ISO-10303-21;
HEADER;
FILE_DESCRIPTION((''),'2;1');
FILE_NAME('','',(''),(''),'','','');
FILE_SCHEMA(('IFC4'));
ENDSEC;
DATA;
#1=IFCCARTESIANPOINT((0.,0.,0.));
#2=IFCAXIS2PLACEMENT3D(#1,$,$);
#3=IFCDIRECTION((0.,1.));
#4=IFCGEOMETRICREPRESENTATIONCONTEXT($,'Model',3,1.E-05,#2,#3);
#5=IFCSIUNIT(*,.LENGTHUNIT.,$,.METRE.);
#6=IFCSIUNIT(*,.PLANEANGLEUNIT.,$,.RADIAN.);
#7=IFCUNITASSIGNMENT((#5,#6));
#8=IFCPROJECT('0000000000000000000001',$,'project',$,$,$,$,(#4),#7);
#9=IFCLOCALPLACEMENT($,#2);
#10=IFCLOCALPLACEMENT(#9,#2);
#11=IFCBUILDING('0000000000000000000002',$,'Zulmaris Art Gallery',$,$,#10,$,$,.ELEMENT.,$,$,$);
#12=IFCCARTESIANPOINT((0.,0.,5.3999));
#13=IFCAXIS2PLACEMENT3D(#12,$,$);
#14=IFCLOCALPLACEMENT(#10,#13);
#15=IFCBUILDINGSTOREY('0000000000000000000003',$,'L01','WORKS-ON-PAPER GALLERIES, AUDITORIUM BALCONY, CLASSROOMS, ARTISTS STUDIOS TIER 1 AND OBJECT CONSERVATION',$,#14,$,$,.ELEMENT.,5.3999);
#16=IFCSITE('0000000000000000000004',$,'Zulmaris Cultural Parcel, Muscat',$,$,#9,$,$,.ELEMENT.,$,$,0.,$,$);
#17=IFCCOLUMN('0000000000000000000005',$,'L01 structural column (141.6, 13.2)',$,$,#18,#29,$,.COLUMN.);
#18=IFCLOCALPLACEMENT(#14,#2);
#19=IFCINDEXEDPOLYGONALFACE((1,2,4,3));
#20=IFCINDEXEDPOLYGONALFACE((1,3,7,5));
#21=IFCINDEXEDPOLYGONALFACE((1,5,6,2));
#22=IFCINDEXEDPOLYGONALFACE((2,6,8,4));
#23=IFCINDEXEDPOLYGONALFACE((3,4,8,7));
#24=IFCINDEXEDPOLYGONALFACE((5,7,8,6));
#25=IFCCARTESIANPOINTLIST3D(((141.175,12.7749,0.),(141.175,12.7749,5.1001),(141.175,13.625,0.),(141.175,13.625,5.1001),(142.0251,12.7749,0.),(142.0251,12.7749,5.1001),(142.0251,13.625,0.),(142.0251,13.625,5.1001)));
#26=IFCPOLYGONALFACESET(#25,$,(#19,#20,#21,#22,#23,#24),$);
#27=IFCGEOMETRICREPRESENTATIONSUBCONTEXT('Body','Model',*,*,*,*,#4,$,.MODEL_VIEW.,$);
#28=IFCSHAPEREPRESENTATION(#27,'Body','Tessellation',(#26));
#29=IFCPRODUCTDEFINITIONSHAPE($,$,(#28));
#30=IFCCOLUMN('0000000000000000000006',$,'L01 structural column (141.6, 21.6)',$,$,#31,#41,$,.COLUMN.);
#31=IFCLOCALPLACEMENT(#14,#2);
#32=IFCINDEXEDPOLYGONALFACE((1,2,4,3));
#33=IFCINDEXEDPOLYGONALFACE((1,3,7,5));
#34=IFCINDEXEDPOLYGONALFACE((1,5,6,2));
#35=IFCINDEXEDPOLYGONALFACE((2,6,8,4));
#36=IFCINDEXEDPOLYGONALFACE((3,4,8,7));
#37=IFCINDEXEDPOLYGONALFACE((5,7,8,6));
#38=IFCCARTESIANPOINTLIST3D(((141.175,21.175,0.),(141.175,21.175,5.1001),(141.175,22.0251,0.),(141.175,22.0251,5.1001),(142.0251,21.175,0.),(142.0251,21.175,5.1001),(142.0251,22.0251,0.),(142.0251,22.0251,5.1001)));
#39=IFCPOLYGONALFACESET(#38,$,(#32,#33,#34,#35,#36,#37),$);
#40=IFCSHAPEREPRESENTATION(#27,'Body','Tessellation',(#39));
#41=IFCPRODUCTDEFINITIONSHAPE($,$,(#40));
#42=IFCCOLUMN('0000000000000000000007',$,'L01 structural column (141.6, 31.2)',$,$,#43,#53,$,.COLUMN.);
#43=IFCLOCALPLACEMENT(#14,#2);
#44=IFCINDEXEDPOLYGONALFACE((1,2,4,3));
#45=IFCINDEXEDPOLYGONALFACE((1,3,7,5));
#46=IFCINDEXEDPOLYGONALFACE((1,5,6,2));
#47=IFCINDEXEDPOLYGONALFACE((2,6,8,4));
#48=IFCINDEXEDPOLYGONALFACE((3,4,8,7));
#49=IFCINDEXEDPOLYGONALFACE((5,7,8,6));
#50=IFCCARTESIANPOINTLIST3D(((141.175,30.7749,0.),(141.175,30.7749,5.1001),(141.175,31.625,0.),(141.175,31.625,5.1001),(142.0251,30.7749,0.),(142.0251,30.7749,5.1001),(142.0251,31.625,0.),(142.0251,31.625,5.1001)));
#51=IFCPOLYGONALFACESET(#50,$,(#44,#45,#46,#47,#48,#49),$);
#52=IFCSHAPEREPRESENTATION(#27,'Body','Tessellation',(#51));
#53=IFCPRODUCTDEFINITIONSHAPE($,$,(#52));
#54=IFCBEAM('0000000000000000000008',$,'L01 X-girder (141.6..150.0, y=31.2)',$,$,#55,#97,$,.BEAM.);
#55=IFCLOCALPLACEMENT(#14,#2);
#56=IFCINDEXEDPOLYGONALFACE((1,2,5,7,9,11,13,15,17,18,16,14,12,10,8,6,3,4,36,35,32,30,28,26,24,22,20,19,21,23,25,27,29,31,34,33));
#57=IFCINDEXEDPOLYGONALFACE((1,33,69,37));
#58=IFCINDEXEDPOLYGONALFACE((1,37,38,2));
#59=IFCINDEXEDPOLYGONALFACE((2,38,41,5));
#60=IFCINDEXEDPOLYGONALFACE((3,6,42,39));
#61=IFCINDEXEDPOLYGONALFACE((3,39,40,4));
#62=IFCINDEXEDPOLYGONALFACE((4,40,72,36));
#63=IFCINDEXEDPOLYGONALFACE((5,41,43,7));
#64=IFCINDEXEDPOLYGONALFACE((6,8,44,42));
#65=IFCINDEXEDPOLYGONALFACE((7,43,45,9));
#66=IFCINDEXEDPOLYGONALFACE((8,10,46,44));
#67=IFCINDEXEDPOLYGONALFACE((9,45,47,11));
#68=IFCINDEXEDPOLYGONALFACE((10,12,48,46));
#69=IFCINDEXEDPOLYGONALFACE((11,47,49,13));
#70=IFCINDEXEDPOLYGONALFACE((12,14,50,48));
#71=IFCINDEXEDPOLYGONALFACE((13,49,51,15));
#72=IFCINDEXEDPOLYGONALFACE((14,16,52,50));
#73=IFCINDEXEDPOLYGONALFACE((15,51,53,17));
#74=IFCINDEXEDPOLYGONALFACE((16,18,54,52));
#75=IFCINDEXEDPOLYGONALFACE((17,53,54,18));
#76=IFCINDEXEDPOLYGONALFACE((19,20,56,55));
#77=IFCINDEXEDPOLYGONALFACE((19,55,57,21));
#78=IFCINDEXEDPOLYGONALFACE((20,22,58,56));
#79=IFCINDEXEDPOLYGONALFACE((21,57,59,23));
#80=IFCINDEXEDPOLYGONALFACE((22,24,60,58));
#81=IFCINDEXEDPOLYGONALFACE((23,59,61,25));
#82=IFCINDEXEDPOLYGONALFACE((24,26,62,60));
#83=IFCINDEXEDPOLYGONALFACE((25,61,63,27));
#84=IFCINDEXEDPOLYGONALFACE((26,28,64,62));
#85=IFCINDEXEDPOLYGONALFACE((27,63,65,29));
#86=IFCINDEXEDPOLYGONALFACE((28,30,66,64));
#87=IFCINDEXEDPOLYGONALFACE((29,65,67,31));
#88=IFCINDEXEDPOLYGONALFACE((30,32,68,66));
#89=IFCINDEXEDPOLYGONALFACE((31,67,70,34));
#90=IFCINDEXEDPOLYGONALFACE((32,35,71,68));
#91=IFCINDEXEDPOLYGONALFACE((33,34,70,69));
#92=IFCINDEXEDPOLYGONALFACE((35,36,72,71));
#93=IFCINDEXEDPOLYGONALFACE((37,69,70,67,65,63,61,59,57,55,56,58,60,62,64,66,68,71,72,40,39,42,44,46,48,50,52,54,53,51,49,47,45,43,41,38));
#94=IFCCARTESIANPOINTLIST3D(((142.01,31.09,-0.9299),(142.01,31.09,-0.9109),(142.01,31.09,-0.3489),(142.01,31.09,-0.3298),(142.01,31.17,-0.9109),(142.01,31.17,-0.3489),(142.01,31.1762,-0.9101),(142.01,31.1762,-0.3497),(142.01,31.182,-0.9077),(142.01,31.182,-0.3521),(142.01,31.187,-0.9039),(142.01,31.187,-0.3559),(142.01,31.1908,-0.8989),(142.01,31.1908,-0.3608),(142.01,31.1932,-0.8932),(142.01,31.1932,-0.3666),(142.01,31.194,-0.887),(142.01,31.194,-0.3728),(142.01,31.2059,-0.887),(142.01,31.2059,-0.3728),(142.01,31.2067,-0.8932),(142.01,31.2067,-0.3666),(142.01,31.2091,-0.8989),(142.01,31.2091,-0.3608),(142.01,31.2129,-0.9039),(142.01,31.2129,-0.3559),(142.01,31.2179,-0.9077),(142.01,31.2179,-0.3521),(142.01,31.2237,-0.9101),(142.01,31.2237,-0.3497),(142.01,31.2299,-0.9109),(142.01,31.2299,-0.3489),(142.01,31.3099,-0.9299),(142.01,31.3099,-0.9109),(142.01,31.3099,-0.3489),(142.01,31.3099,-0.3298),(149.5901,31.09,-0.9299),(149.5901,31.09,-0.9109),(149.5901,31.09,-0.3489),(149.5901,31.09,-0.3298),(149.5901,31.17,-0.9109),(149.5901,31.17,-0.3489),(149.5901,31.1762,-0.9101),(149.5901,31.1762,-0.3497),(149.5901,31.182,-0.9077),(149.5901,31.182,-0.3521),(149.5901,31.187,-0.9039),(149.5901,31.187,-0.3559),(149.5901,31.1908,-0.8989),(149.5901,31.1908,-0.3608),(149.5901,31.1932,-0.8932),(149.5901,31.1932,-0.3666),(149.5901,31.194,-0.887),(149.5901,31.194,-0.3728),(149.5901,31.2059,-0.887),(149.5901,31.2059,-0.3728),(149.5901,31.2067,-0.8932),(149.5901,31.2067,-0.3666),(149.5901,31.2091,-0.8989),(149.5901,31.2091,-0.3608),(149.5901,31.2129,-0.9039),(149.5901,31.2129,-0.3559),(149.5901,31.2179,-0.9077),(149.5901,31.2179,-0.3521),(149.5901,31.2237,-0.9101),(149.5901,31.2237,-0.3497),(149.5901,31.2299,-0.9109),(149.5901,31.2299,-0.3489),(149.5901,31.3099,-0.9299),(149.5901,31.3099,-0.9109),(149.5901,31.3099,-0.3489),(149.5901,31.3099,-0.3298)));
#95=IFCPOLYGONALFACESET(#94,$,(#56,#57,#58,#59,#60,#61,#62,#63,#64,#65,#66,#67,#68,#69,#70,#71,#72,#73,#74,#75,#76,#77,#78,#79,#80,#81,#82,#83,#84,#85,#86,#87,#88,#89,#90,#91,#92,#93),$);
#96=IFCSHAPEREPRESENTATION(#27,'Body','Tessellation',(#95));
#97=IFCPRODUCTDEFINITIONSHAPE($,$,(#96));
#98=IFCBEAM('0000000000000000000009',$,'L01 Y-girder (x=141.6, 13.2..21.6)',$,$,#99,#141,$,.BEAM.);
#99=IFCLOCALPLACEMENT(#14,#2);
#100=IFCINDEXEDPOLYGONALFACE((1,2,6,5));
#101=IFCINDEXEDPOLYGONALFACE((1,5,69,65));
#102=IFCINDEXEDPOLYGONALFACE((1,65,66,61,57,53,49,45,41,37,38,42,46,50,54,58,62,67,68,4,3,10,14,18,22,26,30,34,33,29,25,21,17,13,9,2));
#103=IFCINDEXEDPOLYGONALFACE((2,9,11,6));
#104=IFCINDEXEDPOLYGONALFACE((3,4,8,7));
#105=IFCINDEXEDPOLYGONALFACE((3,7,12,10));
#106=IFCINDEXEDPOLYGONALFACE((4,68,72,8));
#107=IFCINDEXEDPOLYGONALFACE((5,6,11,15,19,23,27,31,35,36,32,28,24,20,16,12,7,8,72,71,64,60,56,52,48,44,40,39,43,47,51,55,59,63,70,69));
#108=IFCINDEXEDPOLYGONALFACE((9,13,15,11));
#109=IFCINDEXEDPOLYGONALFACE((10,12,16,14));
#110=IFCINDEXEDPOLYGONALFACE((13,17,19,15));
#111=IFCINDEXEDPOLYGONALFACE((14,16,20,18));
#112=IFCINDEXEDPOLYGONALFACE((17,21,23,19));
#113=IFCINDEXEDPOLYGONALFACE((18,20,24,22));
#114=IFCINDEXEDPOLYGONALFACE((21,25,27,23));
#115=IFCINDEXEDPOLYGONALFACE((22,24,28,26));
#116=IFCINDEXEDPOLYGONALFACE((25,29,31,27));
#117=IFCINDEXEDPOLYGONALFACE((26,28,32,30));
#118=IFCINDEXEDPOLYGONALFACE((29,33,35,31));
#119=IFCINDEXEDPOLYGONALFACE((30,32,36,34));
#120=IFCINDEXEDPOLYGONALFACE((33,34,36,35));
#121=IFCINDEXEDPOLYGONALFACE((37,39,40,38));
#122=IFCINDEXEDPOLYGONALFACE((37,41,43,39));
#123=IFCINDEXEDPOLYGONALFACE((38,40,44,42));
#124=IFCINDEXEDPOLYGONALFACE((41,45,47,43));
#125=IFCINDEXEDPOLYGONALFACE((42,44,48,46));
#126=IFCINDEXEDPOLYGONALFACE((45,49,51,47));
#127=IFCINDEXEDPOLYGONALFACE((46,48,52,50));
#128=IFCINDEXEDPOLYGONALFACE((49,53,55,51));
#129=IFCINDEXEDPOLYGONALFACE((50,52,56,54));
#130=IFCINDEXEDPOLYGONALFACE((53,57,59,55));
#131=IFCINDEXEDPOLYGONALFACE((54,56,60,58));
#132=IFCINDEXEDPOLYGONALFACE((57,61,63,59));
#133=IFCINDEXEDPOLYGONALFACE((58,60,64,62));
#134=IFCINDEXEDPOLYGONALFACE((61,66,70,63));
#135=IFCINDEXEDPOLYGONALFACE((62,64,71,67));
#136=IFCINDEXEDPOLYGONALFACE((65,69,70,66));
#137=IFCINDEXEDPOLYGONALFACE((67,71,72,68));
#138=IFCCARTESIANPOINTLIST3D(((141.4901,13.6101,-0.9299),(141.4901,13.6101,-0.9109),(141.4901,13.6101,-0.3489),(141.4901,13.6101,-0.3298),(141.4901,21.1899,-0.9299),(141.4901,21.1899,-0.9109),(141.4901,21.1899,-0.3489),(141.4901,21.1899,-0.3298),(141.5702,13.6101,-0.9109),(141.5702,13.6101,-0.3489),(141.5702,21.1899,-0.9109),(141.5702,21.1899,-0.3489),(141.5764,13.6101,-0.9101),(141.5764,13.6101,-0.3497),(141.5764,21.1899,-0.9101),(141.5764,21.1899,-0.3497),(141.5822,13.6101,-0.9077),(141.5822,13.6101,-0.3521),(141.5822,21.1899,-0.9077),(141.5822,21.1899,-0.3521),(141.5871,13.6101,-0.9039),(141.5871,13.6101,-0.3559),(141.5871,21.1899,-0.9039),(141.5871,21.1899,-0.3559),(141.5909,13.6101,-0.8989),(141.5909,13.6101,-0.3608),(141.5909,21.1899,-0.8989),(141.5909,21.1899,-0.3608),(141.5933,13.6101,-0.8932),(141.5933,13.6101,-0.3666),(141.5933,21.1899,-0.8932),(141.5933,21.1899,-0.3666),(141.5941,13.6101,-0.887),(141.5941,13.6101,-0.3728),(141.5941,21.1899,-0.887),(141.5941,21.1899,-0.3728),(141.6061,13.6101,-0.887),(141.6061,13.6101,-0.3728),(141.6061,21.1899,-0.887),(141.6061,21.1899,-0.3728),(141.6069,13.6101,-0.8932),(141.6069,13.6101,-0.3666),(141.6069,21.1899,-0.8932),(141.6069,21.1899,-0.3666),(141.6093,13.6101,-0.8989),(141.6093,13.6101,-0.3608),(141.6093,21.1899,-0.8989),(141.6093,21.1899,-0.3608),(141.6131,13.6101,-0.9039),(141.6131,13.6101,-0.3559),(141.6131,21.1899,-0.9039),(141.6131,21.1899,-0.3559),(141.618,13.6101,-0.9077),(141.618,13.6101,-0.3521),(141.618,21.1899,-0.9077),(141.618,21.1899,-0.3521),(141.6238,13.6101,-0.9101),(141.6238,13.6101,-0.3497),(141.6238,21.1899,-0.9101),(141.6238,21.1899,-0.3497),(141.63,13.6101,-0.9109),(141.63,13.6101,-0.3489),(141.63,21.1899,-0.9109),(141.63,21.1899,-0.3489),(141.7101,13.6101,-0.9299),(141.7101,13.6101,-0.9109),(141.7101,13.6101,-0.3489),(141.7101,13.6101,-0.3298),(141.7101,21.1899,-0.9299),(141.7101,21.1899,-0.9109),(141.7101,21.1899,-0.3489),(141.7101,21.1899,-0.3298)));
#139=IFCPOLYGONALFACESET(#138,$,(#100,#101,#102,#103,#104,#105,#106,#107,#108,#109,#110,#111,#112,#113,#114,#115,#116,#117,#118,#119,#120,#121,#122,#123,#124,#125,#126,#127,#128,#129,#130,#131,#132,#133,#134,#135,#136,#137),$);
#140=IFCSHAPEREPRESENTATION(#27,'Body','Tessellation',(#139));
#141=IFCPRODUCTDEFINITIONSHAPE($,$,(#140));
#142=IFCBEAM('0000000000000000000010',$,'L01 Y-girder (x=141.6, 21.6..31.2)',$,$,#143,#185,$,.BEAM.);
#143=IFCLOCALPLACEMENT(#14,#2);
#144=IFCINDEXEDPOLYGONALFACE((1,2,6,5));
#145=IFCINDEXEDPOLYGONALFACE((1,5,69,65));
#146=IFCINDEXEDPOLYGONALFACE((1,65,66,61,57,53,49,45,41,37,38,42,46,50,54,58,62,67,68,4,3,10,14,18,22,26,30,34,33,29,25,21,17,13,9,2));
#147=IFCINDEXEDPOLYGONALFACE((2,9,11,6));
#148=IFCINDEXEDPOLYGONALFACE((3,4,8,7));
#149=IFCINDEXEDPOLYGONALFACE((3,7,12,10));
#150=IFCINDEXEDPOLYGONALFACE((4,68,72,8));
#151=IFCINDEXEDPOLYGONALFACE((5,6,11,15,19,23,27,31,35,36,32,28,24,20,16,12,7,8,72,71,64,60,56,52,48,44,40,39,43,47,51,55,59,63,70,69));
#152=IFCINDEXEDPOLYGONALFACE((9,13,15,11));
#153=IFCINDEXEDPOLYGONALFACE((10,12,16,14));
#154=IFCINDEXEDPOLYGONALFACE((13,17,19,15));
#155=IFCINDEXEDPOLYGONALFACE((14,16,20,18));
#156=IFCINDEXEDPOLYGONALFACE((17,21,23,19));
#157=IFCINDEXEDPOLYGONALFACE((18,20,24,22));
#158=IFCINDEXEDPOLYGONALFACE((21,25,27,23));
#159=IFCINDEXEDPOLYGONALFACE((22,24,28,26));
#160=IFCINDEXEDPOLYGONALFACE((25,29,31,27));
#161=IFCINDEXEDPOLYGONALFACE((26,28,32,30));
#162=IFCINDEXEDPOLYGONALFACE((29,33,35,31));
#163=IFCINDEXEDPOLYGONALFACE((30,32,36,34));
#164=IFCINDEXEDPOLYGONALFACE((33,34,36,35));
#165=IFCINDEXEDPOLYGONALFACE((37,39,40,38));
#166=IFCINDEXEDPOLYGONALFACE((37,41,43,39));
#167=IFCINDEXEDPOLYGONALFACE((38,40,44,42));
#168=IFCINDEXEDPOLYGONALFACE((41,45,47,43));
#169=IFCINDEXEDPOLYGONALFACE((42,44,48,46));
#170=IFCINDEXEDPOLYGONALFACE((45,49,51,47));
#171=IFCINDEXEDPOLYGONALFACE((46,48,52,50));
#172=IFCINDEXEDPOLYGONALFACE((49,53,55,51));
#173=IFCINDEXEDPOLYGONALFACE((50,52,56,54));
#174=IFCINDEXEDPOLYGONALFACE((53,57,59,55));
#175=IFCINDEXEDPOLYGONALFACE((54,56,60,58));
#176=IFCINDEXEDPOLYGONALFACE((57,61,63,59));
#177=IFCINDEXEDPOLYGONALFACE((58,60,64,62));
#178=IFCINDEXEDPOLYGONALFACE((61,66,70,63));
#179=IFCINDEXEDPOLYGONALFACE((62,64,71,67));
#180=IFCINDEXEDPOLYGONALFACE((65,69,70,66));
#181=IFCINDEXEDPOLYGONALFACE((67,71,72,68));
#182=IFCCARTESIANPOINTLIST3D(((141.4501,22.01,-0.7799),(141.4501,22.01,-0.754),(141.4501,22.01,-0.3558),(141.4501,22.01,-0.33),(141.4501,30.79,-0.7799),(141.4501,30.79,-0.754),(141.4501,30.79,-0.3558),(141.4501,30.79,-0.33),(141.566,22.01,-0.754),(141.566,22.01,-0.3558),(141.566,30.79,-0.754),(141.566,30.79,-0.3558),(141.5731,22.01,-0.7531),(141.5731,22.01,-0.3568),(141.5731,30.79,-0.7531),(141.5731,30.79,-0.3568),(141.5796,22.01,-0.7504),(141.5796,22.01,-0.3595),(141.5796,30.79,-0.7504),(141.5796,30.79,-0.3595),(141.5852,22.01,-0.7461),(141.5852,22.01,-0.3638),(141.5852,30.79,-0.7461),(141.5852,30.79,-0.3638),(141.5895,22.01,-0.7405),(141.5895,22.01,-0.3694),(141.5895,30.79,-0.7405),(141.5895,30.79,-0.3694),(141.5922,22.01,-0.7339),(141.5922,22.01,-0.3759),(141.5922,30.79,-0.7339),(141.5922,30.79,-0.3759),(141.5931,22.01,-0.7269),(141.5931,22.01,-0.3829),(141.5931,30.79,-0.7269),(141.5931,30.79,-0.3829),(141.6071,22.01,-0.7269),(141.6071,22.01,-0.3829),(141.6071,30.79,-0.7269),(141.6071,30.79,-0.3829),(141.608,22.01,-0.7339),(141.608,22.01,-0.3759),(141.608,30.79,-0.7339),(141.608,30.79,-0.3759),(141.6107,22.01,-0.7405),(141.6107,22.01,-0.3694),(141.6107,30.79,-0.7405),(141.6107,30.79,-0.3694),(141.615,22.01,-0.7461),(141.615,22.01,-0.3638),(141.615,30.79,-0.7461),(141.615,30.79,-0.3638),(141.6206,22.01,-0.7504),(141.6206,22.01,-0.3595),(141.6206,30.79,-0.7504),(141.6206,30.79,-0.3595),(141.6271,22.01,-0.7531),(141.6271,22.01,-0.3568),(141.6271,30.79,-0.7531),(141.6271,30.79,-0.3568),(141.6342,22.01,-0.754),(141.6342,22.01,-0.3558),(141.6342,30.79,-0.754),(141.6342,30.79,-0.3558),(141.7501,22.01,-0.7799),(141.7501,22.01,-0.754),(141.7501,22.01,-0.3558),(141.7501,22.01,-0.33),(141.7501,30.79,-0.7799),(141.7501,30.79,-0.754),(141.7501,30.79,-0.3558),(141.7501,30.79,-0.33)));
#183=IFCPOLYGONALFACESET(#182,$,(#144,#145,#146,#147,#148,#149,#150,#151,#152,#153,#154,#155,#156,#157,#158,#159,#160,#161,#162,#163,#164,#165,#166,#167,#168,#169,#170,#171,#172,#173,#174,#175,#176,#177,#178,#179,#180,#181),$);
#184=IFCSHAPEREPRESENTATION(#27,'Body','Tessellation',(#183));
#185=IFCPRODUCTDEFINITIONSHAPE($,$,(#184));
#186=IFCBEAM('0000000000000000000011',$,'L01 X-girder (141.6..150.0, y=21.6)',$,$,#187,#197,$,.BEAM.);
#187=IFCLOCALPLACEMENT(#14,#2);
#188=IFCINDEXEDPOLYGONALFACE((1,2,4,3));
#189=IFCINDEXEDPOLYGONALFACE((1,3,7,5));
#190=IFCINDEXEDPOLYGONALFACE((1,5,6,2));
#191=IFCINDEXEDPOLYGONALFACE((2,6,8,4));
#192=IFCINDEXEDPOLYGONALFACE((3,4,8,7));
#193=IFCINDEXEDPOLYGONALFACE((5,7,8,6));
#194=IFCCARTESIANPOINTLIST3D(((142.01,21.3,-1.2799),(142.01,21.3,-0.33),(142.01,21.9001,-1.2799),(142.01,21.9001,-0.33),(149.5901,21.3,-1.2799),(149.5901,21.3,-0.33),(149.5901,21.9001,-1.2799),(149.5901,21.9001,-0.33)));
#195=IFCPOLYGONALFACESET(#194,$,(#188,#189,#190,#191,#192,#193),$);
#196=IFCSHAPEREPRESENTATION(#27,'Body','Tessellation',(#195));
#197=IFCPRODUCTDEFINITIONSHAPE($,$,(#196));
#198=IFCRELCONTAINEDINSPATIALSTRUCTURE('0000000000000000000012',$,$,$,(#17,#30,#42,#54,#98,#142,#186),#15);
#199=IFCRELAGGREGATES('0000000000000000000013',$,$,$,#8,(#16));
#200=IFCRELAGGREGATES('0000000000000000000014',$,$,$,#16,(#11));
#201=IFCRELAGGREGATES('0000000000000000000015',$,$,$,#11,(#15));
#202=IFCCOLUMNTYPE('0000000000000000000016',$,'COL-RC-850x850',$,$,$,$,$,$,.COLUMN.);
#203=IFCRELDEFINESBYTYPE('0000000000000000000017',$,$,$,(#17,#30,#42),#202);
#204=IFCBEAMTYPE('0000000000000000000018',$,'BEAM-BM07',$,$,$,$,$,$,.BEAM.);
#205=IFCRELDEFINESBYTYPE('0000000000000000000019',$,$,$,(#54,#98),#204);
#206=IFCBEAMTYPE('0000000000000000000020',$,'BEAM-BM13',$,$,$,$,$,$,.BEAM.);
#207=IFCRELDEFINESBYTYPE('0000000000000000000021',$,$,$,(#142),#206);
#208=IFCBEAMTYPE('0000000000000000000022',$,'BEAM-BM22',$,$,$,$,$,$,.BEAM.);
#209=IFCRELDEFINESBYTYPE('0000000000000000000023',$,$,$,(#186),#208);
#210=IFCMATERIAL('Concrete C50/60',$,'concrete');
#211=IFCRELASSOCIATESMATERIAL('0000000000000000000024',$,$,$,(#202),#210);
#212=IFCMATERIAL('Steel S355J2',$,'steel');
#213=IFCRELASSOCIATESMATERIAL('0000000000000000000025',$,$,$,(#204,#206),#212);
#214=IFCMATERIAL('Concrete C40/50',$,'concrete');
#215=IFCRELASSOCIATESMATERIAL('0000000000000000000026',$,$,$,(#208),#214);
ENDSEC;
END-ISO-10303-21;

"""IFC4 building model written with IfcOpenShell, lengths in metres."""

from ifc_helpers import new_model, si_unit, direction, frame, origin, origin_2d, place, context, subcontext, project, spatial, rectangle, i_section, extrude, material, material_profile, profile_set, type_object, element, save


model = new_model("IFC4")

# Units and contexts
model_context = context("Model", 3, precision=1e-05, world=origin(), true_north=direction((0.0, 1.0)))
body_context = subcontext(model_context, "Body", "Model", "MODEL_VIEW")
ifc_project = project(units=[si_unit("LENGTHUNIT", "METRE"), si_unit("PLANEANGLEUNIT", "RADIAN")], contexts=[model_context])

# Site, building, storey
site_placement = place(None, origin())
site = spatial("IfcSite", under=ifc_project, at=site_placement, Name="Zulmaris Cultural Parcel, Muscat", CompositionType="ELEMENT", RefElevation=0.0)
building_placement = place(site_placement, origin())
building = spatial("IfcBuilding", under=site, at=building_placement, Name="Zulmaris Art Gallery", CompositionType="ELEMENT")
storey_placement = place(building_placement, frame((0.0, 0.0, 5.3999)))
storey = spatial("IfcBuildingStorey", under=building, at=storey_placement, Name="L01", Description="WORKS-ON-PAPER GALLERIES, AUDITORIUM BALCONY, CLASSROOMS, ARTISTS STUDIOS TIER 1 AND OBJECT CONSERVATION", CompositionType="ELEMENT", Elevation=5.3999)

# Columns
ifc_material_1 = material(Name="Concrete C50/60", Category="concrete")
ifc_material_profile_1 = material_profile(ifc_material_1, rectangle(XDim=0.8501, YDim=0.8501, at=origin_2d()), Name="RC 850x850")
ifc_profile_set_1 = profile_set([ifc_material_profile_1], Name="Concrete C50/60")
column_type = type_object("IfcColumnType", Name="COL-RC-850x850", PredefinedType="COLUMN", material=ifc_profile_set_1)
for number, where, z_axis, x_axis, name in (
    (1, (141.6001, 13.2, 0.0), (0.0, 0.0, 1.0), (1.0, 0.0, 0.0), "L01 structural column (141.6, 13.2)"),
    (2, (141.6001, 21.6001, 0.0), (0.0, 0.0, 1.0), (1.0, 0.0, 0.0), "L01 structural column (141.6, 21.6)"),
    (3, (141.6001, 31.2, 0.0), (0.0, 0.0, 1.0), (1.0, 0.0, 0.0), "L01 structural column (141.6, 31.2)"),
):
    element("IfcColumn", number, at=place(storey_placement, frame(where, z_axis=z_axis, x_axis=x_axis)), inside=storey, type_object=column_type, Name=name, PredefinedType="COLUMN", context=body_context, shape_type="SweptSolid", body=[
        extrude(rectangle(XDim=0.8501, YDim=0.8501, at=origin_2d()), origin(), (0.0, 0.0, 1.0), 5.1001),
    ])

# Beams
ifc_material_2 = material(Name="Steel S355J2", Category="steel")
ifc_material_profile_2 = material_profile(ifc_material_2, i_section(OverallWidth=0.22, OverallDepth=0.6001, WebThickness=0.012, FlangeThickness=0.019, FilletRadius=0.0239, at=origin_2d()), Name="IPE 600")
ifc_profile_set_2 = profile_set([ifc_material_profile_2], Name="Steel S355J2")
beam_type_1 = type_object("IfcBeamType", Name="BEAM-BM07", PredefinedType="BEAM", material=ifc_profile_set_2)
beam_1_placement = place(storey_placement, frame((142.01, 31.2, -0.6299), z_axis=(1.0, 0.0, 0.0), x_axis=(0.0, 1.0, 0.0)))
element("IfcBeam", 4, at=beam_1_placement, inside=storey, type_object=beam_type_1, Name="L01 X-girder (141.6..150.0, y=31.2)", PredefinedType="BEAM", context=body_context, shape_type="SweptSolid", body=[
    extrude(i_section(OverallWidth=0.22, OverallDepth=0.6001, WebThickness=0.012, FlangeThickness=0.019, FilletRadius=0.0239, at=origin_2d()), origin(), (0.0, 0.0, 1.0), 7.5801),
])
beam_2_placement = place(storey_placement, frame((141.6001, 13.6101, -0.6299), z_axis=(0.0, 1.0, 0.0), x_axis=(-1.0, 0.0, 0.0)))
element("IfcBeam", 5, at=beam_2_placement, inside=storey, type_object=beam_type_1, Name="L01 Y-girder (x=141.6, 13.2..21.6)", PredefinedType="BEAM", context=body_context, shape_type="SweptSolid", body=[
    extrude(i_section(OverallWidth=0.22, OverallDepth=0.6001, WebThickness=0.012, FlangeThickness=0.019, FilletRadius=0.0239, at=origin_2d()), origin(), (0.0, 0.0, 1.0), 7.5798),
])
ifc_material_profile_3 = material_profile(ifc_material_2, i_section(OverallWidth=0.3, OverallDepth=0.45, WebThickness=0.0139, FlangeThickness=0.0259, FilletRadius=0.0271, at=origin_2d()), Name="HEB 450")
ifc_profile_set_3 = profile_set([ifc_material_profile_3], Name="Steel S355J2")
beam_type_2 = type_object("IfcBeamType", Name="BEAM-BM13", PredefinedType="BEAM", material=ifc_profile_set_3)
beam_3_placement = place(storey_placement, frame((141.6001, 22.01, -0.5549), z_axis=(0.0, 1.0, 0.0), x_axis=(-1.0, 0.0, 0.0)))
element("IfcBeam", 6, at=beam_3_placement, inside=storey, type_object=beam_type_2, Name="L01 Y-girder (x=141.6, 21.6..31.2)", PredefinedType="BEAM", context=body_context, shape_type="SweptSolid", body=[
    extrude(i_section(OverallWidth=0.3, OverallDepth=0.45, WebThickness=0.0139, FlangeThickness=0.0259, FilletRadius=0.0271, at=origin_2d()), origin(), (0.0, 0.0, 1.0), 8.78),
])
ifc_material_3 = material(Name="Concrete C40/50", Category="concrete")
ifc_material_profile_4 = material_profile(ifc_material_3, rectangle(XDim=0.6001, YDim=0.95, at=origin_2d()), Name="RC 600x950")
ifc_profile_set_4 = profile_set([ifc_material_profile_4], Name="Concrete C40/50")
beam_type_3 = type_object("IfcBeamType", Name="BEAM-BM22", PredefinedType="BEAM", material=ifc_profile_set_4)
beam_4_placement = place(storey_placement, frame((142.01, 21.6001, -0.8049), z_axis=(1.0, 0.0, 0.0), x_axis=(0.0, 1.0, 0.0)))
element("IfcBeam", 7, at=beam_4_placement, inside=storey, type_object=beam_type_3, Name="L01 X-girder (141.6..150.0, y=21.6)", PredefinedType="BEAM", context=body_context, shape_type="SweptSolid", body=[
    extrude(rectangle(XDim=0.6001, YDim=0.95, at=origin_2d()), origin(), (0.0, 0.0, 1.0), 7.5801),
])

save(model, "model.ifc")
